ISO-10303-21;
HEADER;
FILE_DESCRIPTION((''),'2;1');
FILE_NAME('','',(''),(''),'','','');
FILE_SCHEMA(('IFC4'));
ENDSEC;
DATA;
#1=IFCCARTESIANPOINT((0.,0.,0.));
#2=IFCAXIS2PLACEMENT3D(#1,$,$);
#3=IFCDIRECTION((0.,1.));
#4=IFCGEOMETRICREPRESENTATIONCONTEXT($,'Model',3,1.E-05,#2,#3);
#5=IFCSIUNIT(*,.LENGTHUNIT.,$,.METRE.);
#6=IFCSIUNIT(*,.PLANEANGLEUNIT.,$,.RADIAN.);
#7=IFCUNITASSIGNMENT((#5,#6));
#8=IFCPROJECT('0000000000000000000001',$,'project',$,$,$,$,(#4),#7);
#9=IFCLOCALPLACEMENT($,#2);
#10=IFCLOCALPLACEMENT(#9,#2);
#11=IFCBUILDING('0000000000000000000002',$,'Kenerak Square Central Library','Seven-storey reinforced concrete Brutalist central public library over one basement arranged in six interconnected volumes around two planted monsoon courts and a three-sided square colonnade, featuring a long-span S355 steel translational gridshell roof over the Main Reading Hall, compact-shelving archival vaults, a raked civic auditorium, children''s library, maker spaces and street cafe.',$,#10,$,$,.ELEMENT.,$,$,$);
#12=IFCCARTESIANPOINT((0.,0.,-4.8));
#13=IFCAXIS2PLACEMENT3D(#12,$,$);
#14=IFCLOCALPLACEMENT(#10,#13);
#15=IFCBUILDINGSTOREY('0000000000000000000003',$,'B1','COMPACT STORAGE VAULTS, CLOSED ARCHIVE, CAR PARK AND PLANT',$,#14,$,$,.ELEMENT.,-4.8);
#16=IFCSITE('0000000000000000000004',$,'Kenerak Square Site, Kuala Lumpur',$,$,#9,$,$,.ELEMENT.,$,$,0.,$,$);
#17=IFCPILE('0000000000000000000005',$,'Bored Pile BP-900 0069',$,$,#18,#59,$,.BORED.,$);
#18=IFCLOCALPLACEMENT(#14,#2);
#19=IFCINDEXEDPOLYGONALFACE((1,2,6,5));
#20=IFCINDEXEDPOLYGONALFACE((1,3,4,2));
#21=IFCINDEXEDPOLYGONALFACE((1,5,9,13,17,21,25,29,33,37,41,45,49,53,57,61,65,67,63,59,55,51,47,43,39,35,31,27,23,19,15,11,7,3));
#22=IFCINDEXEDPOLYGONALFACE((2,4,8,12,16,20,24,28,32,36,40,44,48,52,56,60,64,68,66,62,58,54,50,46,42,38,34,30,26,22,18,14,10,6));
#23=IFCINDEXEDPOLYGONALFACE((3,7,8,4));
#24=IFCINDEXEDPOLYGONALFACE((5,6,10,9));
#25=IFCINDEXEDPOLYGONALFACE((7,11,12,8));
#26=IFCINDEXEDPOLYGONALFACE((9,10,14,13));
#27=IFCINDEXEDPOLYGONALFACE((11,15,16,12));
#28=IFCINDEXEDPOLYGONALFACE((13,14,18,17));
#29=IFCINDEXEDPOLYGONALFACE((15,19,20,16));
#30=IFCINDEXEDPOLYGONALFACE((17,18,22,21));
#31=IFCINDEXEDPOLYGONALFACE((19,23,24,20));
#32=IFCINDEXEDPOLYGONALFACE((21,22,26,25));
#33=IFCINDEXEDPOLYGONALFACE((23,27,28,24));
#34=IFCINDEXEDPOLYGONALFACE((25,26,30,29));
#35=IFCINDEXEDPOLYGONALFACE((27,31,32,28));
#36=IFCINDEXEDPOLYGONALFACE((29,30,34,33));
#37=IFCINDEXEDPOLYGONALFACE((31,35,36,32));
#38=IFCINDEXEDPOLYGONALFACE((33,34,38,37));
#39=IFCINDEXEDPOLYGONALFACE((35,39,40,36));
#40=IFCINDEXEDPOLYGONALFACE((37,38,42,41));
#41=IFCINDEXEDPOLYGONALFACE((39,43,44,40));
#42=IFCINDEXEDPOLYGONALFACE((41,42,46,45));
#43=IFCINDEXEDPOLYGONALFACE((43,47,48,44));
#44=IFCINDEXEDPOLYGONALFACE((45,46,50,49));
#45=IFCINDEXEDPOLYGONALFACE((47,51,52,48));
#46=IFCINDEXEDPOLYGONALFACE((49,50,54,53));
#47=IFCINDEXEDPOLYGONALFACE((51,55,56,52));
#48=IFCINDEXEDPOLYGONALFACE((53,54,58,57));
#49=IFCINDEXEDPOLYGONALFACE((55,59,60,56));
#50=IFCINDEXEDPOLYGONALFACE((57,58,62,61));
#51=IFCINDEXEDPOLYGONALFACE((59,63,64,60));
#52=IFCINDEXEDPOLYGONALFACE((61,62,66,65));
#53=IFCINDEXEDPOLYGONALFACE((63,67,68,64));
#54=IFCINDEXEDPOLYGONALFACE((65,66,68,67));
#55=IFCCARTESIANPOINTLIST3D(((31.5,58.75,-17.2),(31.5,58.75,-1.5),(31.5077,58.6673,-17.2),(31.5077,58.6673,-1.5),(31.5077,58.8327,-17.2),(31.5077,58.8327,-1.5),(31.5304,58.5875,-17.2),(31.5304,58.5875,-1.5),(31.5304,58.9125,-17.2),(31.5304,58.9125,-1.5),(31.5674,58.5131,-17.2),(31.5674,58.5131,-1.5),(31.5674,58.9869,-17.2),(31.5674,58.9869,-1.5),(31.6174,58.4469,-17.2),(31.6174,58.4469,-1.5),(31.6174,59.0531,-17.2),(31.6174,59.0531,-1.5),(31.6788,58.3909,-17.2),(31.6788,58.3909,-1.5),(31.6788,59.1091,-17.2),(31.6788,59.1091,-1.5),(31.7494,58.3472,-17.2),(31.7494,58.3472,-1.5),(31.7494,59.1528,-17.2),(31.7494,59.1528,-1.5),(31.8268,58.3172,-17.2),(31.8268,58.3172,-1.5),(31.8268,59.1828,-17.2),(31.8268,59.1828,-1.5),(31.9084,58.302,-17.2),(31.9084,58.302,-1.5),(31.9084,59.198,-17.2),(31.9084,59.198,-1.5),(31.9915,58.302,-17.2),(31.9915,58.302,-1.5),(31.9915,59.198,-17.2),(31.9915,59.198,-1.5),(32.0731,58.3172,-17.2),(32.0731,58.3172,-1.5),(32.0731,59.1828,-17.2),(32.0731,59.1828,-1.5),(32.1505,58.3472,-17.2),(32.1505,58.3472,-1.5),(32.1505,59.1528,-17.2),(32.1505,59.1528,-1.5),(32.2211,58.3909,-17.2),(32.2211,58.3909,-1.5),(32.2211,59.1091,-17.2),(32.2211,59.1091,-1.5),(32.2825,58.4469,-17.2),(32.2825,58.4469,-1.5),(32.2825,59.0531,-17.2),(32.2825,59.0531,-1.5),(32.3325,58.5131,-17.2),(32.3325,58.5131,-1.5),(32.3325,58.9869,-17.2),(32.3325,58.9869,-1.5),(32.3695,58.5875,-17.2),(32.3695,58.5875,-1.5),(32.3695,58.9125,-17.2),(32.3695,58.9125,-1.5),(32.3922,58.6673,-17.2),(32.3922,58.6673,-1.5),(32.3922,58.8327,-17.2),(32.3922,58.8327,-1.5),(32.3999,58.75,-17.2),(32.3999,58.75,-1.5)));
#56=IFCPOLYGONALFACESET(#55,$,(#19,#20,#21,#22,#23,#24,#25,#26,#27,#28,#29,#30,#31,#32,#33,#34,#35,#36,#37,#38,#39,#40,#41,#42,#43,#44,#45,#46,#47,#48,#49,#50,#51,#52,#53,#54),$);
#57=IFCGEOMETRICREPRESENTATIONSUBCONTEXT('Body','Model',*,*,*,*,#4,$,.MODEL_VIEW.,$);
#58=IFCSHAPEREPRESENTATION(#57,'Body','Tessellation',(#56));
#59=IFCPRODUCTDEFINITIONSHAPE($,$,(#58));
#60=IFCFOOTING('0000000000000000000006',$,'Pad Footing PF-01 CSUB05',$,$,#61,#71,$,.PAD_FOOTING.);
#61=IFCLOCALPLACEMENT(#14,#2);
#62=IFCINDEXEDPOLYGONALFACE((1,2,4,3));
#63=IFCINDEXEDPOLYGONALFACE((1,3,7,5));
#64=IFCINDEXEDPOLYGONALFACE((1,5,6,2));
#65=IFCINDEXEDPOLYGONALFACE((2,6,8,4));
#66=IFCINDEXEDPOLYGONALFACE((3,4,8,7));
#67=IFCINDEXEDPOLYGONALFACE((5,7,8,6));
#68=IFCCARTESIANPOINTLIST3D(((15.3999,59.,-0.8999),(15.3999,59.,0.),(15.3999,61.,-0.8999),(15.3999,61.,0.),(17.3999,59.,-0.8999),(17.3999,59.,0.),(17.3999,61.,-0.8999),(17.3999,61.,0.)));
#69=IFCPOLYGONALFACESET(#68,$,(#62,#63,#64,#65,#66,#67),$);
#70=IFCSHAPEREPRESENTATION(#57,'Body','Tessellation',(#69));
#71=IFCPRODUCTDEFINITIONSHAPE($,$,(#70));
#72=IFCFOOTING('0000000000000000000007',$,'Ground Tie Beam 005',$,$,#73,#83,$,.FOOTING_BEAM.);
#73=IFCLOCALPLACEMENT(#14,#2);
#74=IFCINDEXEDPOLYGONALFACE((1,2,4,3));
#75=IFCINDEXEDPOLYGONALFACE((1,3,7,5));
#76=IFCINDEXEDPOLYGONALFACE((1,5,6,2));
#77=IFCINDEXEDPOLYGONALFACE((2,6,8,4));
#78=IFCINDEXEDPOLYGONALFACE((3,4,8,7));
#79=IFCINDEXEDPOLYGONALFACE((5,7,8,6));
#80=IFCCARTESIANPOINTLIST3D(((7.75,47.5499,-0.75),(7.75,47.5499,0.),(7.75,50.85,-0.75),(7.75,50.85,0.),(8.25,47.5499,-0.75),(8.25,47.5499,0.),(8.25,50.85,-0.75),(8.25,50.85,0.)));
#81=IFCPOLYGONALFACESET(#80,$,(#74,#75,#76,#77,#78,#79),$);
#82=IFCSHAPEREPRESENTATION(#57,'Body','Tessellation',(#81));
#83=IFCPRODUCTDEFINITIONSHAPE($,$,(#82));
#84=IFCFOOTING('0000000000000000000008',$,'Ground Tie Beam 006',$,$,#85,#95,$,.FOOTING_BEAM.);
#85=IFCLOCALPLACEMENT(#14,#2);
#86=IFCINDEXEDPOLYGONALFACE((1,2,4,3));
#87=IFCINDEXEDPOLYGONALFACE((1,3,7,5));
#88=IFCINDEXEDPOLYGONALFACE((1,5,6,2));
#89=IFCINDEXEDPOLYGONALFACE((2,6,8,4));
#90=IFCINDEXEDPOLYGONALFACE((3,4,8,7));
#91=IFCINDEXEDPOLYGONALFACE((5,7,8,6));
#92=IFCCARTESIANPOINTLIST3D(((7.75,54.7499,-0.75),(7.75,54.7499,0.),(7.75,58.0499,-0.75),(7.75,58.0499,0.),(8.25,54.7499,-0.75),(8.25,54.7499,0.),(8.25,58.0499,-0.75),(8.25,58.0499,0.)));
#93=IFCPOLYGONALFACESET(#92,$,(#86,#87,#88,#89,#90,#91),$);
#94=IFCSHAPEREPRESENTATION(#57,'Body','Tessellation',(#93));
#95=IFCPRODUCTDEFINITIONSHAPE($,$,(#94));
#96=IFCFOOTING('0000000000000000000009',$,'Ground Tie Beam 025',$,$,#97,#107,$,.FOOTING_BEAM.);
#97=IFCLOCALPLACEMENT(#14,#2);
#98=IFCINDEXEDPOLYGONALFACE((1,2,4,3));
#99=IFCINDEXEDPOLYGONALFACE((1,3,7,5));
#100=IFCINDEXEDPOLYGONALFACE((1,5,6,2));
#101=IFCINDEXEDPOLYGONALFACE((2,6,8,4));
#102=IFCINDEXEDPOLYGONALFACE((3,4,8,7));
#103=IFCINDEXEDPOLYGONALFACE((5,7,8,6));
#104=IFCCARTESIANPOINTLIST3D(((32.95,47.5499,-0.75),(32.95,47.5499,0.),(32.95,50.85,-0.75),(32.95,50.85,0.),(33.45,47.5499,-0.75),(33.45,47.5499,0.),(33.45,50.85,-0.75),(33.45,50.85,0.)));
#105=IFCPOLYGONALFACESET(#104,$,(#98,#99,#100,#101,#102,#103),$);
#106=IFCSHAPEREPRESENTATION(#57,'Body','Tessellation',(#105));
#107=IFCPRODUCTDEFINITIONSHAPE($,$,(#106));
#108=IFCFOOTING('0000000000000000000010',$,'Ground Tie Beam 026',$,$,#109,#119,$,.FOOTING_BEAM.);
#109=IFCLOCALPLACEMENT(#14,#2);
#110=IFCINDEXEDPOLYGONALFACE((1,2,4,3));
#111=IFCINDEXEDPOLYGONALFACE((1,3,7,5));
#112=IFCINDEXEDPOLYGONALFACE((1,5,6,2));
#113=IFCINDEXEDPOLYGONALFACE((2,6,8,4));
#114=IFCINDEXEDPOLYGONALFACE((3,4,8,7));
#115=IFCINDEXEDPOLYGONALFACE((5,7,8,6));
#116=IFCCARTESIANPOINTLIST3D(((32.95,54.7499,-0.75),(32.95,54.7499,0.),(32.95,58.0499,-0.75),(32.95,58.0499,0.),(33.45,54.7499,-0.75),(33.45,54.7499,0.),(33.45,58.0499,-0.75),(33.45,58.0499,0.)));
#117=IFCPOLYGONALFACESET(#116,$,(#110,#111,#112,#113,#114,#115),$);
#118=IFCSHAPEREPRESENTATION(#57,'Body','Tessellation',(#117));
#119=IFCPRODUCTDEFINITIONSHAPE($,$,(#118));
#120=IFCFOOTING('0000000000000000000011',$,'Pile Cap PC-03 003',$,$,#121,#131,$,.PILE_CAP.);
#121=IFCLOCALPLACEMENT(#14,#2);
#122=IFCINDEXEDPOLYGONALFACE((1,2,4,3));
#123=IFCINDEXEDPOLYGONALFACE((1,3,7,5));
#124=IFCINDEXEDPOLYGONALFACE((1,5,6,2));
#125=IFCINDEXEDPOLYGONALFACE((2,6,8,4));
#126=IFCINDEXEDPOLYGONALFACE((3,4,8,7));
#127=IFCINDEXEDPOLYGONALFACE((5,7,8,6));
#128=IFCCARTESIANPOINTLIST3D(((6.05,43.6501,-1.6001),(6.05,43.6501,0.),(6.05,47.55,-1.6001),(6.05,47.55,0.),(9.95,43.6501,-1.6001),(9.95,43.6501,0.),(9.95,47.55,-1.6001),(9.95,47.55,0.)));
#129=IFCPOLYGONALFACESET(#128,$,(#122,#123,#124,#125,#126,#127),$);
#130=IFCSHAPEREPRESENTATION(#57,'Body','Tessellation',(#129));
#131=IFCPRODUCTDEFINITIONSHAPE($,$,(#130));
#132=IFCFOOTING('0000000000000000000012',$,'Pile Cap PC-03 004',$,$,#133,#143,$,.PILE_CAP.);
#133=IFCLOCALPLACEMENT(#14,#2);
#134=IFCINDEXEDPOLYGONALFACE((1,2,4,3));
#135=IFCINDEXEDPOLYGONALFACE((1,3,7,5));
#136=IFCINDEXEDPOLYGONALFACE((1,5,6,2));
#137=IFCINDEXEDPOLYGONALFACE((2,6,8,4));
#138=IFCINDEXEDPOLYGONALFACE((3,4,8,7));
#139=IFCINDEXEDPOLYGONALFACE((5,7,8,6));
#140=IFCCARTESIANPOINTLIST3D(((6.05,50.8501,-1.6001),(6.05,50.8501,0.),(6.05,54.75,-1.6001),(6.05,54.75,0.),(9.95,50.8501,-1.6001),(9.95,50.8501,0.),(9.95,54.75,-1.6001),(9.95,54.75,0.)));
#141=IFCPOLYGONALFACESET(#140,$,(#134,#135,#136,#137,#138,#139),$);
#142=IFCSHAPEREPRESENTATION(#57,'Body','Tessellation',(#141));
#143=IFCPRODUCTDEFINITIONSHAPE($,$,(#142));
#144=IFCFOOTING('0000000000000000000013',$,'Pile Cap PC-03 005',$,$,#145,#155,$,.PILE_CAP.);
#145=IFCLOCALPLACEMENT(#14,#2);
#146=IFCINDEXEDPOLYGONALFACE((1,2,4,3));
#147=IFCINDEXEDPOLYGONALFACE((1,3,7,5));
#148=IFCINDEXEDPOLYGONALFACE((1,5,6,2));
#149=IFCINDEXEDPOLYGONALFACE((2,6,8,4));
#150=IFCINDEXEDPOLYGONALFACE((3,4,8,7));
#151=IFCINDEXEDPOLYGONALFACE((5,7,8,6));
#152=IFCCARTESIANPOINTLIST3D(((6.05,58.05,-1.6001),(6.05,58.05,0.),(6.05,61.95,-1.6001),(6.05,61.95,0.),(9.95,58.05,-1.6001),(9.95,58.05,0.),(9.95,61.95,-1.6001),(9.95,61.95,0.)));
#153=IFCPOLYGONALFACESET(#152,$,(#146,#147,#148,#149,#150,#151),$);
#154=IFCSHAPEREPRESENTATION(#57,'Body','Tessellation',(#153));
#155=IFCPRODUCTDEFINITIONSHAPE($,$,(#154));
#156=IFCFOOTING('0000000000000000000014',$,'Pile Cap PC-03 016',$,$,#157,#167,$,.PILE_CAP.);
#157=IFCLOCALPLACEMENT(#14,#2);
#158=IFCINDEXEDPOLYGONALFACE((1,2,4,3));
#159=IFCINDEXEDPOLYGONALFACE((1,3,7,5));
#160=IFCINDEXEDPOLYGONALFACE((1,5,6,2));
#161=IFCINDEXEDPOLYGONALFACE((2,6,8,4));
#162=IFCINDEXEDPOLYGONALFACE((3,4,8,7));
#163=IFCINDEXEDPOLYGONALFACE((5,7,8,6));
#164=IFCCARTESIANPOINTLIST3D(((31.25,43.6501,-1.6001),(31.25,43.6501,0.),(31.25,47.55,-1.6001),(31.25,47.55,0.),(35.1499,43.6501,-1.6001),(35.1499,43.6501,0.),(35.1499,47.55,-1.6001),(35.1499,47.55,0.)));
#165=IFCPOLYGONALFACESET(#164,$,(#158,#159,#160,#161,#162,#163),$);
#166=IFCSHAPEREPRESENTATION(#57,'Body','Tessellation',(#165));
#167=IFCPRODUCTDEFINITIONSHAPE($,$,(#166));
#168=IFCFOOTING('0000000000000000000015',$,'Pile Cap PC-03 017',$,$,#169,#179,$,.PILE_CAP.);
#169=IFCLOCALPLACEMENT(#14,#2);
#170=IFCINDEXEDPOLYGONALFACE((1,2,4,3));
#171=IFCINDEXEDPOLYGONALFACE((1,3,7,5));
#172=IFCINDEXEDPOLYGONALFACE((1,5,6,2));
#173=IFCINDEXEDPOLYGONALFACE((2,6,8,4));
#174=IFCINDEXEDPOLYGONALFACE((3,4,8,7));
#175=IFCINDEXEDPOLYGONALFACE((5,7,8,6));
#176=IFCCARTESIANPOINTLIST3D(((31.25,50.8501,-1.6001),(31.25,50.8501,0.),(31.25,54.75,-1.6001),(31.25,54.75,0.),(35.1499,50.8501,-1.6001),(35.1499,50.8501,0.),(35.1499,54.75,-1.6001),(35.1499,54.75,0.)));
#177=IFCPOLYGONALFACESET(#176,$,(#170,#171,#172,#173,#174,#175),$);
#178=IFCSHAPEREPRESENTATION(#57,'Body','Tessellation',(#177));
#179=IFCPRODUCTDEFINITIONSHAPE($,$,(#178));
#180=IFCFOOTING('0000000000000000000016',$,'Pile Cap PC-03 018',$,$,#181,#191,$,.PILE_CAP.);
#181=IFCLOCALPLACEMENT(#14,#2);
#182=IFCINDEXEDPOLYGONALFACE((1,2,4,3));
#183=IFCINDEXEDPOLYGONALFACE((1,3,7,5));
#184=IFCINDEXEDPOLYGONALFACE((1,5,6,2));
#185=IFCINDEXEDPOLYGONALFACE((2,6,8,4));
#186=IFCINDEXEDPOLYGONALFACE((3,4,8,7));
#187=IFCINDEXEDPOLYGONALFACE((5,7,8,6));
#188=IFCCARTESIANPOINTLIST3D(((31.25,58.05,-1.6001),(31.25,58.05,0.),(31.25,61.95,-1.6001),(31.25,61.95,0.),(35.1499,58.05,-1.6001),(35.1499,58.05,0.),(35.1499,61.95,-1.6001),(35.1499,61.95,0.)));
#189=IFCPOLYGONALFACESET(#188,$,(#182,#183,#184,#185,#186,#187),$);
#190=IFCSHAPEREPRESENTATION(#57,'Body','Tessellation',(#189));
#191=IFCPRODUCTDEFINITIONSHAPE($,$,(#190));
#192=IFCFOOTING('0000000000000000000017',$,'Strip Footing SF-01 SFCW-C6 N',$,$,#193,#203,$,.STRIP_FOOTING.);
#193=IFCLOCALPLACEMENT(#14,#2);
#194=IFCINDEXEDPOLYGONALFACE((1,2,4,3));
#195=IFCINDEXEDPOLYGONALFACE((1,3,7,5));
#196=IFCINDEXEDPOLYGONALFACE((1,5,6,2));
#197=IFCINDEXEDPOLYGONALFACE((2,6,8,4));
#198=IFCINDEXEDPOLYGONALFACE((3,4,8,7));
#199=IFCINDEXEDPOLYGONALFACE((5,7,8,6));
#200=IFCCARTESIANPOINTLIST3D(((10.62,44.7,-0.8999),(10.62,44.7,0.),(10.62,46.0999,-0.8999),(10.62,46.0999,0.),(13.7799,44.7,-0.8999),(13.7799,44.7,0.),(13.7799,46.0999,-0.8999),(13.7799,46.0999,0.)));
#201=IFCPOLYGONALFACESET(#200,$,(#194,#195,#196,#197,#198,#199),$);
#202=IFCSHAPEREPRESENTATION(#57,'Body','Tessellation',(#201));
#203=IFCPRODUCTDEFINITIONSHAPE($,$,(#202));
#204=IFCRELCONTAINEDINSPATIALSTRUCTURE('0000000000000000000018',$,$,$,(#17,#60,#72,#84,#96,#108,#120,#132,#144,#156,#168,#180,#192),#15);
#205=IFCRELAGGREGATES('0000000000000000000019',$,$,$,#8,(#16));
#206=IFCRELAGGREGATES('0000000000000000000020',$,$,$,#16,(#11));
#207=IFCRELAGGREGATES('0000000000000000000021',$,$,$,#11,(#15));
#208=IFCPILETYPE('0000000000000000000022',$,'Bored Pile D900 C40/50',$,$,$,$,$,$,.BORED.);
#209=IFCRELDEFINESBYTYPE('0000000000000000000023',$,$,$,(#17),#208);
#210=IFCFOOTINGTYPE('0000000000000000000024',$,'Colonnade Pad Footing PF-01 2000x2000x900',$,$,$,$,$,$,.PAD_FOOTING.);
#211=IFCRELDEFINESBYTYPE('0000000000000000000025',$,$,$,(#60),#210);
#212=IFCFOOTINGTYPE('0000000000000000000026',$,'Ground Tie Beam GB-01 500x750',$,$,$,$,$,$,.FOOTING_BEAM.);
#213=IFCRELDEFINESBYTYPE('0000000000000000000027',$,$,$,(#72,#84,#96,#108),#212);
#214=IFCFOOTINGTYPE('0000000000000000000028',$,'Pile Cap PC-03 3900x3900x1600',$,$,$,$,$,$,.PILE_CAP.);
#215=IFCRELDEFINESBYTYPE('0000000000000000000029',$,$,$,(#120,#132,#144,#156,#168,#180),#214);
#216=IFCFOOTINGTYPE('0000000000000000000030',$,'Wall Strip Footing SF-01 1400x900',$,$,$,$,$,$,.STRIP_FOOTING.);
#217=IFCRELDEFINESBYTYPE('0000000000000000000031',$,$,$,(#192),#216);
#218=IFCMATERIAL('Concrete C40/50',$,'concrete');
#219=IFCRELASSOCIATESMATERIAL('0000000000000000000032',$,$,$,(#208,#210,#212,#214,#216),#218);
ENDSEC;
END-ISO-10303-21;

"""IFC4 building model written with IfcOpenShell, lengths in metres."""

from ifc_helpers import new_model, si_unit, direction, frame, origin, origin_2d, place, context, subcontext, project, spatial, rectangle, circle, extrude, material, material_profile, profile_set, type_object, element, save


model = new_model("IFC4")

# Units and contexts
model_context = context("Model", 3, precision=1e-05, world=origin(), true_north=direction((0.0, 1.0)))
body_context = subcontext(model_context, "Body", "Model", "MODEL_VIEW")
ifc_project = project(units=[si_unit("LENGTHUNIT", "METRE"), si_unit("PLANEANGLEUNIT", "RADIAN")], contexts=[model_context])

# Site, building, storey
site_placement = place(None, origin())
site = spatial("IfcSite", under=ifc_project, at=site_placement, Name="Kenerak Square Site, Kuala Lumpur", CompositionType="ELEMENT", RefElevation=0.0)
building_placement = place(site_placement, origin())
building = spatial("IfcBuilding", under=site, at=building_placement, Name="Kenerak Square Central Library", Description="Seven-storey reinforced concrete Brutalist central public library over one basement arranged in six interconnected volumes around two planted monsoon courts and a three-sided square colonnade, featuring a long-span S355 steel translational gridshell roof over the Main Reading Hall, compact-shelving archival vaults, a raked civic auditorium, children's library, maker spaces and street cafe.", CompositionType="ELEMENT")
storey_placement = place(building_placement, frame((0.0, 0.0, -4.8)))
storey = spatial("IfcBuildingStorey", under=building, at=storey_placement, Name="B1", Description="COMPACT STORAGE VAULTS, CLOSED ARCHIVE, CAR PARK AND PLANT", CompositionType="ELEMENT", Elevation=-4.8)

# Pile
ifc_material_1 = material(Name="Concrete C40/50", Category="concrete")
ifc_material_profile_1 = material_profile(ifc_material_1, circle(Radius=0.45, at=origin_2d()), Name="BP D900")
ifc_profile_set_1 = profile_set([ifc_material_profile_1], Name="Concrete C40/50")
pile_type = type_object("IfcPileType", Name="Bored Pile D900 C40/50", PredefinedType="BORED", material=ifc_profile_set_1)
for number, where, z_axis, x_axis, name in (
    (1, (31.95, 58.75, -1.5), (0.0, 0.0, -1.0), (1.0, 0.0, 0.0), "Bored Pile BP-900 0069"),
):
    element("IfcPile", number, at=place(storey_placement, frame(where, z_axis=z_axis, x_axis=x_axis)), inside=storey, type_object=pile_type, Name=name, PredefinedType="BORED", context=body_context, shape_type="SweptSolid", body=[
        extrude(circle(Radius=0.45, at=origin_2d()), origin(), (0.0, 0.0, 1.0), 15.7),
    ])

# Footings
footing_type_1 = type_object("IfcFootingType", Name="Colonnade Pad Footing PF-01 2000x2000x900", PredefinedType="PAD_FOOTING", material=ifc_material_1)
footing_1_placement = place(storey_placement, frame((16.3999, 60.0, -0.8999), z_axis=(0.0, 0.0, 1.0), x_axis=(1.0, 0.0, 0.0)))
element("IfcFooting", 2, at=footing_1_placement, inside=storey, type_object=footing_type_1, Name="Pad Footing PF-01 CSUB05", PredefinedType="PAD_FOOTING", context=body_context, shape_type="SweptSolid", body=[
    extrude(rectangle(XDim=2.0, YDim=2.0, at=origin_2d()), origin(), (0.0, 0.0, 1.0), 0.8999),
])
footing_type_2 = type_object("IfcFootingType", Name="Ground Tie Beam GB-01 500x750", PredefinedType="FOOTING_BEAM", material=ifc_material_1)
for number, where, z_axis, x_axis, name in (
    (3, (8.0, 49.2, -0.75), (0.0, 0.0, 1.0), (1.0, 0.0, 0.0), "Ground Tie Beam 005"),
    (4, (8.0, 56.3999, -0.75), (0.0, 0.0, 1.0), (1.0, 0.0, 0.0), "Ground Tie Beam 006"),
    (5, (33.2, 49.2, -0.75), (0.0, 0.0, 1.0), (1.0, 0.0, 0.0), "Ground Tie Beam 025"),
    (6, (33.2, 56.3999, -0.75), (0.0, 0.0, 1.0), (1.0, 0.0, 0.0), "Ground Tie Beam 026"),
):
    element("IfcFooting", number, at=place(storey_placement, frame(where, z_axis=z_axis, x_axis=x_axis)), inside=storey, type_object=footing_type_2, Name=name, PredefinedType="FOOTING_BEAM", context=body_context, shape_type="SweptSolid", body=[
        extrude(rectangle(XDim=0.5, YDim=3.3, at=origin_2d()), origin(), (0.0, 0.0, 1.0), 0.75),
    ])
footing_type_3 = type_object("IfcFootingType", Name="Pile Cap PC-03 3900x3900x1600", PredefinedType="PILE_CAP", material=ifc_material_1)
for number, where, z_axis, x_axis, name in (
    (7, (8.0, 45.6001, -1.6001), (0.0, 0.0, 1.0), (1.0, 0.0, 0.0), "Pile Cap PC-03 003"),
    (8, (8.0, 52.8, -1.6001), (0.0, 0.0, 1.0), (1.0, 0.0, 0.0), "Pile Cap PC-03 004"),
    (9, (8.0, 60.0, -1.6001), (0.0, 0.0, 1.0), (1.0, 0.0, 0.0), "Pile Cap PC-03 005"),
    (10, (33.2, 45.6001, -1.6001), (0.0, 0.0, 1.0), (1.0, 0.0, 0.0), "Pile Cap PC-03 016"),
    (11, (33.2, 52.8, -1.6001), (0.0, 0.0, 1.0), (1.0, 0.0, 0.0), "Pile Cap PC-03 017"),
    (12, (33.2, 60.0, -1.6001), (0.0, 0.0, 1.0), (1.0, 0.0, 0.0), "Pile Cap PC-03 018"),
):
    element("IfcFooting", number, at=place(storey_placement, frame(where, z_axis=z_axis, x_axis=x_axis)), inside=storey, type_object=footing_type_3, Name=name, PredefinedType="PILE_CAP", context=body_context, shape_type="SweptSolid", body=[
        extrude(rectangle(XDim=3.8999, YDim=3.8999, at=origin_2d()), origin(), (0.0, 0.0, 1.0), 1.6001),
    ])
footing_type_4 = type_object("IfcFootingType", Name="Wall Strip Footing SF-01 1400x900", PredefinedType="STRIP_FOOTING", material=ifc_material_1)
footing_2_placement = place(storey_placement, frame((12.2, 45.3999, -0.8999), z_axis=(0.0, 0.0, 1.0), x_axis=(1.0, 0.0, 0.0)))
element("IfcFooting", 13, at=footing_2_placement, inside=storey, type_object=footing_type_4, Name="Strip Footing SF-01 SFCW-C6 N", PredefinedType="STRIP_FOOTING", context=body_context, shape_type="SweptSolid", body=[
    extrude(rectangle(XDim=3.1599, YDim=1.3999, at=origin_2d()), origin(), (0.0, 0.0, 1.0), 0.8999),
])

save(model, "model.ifc")
